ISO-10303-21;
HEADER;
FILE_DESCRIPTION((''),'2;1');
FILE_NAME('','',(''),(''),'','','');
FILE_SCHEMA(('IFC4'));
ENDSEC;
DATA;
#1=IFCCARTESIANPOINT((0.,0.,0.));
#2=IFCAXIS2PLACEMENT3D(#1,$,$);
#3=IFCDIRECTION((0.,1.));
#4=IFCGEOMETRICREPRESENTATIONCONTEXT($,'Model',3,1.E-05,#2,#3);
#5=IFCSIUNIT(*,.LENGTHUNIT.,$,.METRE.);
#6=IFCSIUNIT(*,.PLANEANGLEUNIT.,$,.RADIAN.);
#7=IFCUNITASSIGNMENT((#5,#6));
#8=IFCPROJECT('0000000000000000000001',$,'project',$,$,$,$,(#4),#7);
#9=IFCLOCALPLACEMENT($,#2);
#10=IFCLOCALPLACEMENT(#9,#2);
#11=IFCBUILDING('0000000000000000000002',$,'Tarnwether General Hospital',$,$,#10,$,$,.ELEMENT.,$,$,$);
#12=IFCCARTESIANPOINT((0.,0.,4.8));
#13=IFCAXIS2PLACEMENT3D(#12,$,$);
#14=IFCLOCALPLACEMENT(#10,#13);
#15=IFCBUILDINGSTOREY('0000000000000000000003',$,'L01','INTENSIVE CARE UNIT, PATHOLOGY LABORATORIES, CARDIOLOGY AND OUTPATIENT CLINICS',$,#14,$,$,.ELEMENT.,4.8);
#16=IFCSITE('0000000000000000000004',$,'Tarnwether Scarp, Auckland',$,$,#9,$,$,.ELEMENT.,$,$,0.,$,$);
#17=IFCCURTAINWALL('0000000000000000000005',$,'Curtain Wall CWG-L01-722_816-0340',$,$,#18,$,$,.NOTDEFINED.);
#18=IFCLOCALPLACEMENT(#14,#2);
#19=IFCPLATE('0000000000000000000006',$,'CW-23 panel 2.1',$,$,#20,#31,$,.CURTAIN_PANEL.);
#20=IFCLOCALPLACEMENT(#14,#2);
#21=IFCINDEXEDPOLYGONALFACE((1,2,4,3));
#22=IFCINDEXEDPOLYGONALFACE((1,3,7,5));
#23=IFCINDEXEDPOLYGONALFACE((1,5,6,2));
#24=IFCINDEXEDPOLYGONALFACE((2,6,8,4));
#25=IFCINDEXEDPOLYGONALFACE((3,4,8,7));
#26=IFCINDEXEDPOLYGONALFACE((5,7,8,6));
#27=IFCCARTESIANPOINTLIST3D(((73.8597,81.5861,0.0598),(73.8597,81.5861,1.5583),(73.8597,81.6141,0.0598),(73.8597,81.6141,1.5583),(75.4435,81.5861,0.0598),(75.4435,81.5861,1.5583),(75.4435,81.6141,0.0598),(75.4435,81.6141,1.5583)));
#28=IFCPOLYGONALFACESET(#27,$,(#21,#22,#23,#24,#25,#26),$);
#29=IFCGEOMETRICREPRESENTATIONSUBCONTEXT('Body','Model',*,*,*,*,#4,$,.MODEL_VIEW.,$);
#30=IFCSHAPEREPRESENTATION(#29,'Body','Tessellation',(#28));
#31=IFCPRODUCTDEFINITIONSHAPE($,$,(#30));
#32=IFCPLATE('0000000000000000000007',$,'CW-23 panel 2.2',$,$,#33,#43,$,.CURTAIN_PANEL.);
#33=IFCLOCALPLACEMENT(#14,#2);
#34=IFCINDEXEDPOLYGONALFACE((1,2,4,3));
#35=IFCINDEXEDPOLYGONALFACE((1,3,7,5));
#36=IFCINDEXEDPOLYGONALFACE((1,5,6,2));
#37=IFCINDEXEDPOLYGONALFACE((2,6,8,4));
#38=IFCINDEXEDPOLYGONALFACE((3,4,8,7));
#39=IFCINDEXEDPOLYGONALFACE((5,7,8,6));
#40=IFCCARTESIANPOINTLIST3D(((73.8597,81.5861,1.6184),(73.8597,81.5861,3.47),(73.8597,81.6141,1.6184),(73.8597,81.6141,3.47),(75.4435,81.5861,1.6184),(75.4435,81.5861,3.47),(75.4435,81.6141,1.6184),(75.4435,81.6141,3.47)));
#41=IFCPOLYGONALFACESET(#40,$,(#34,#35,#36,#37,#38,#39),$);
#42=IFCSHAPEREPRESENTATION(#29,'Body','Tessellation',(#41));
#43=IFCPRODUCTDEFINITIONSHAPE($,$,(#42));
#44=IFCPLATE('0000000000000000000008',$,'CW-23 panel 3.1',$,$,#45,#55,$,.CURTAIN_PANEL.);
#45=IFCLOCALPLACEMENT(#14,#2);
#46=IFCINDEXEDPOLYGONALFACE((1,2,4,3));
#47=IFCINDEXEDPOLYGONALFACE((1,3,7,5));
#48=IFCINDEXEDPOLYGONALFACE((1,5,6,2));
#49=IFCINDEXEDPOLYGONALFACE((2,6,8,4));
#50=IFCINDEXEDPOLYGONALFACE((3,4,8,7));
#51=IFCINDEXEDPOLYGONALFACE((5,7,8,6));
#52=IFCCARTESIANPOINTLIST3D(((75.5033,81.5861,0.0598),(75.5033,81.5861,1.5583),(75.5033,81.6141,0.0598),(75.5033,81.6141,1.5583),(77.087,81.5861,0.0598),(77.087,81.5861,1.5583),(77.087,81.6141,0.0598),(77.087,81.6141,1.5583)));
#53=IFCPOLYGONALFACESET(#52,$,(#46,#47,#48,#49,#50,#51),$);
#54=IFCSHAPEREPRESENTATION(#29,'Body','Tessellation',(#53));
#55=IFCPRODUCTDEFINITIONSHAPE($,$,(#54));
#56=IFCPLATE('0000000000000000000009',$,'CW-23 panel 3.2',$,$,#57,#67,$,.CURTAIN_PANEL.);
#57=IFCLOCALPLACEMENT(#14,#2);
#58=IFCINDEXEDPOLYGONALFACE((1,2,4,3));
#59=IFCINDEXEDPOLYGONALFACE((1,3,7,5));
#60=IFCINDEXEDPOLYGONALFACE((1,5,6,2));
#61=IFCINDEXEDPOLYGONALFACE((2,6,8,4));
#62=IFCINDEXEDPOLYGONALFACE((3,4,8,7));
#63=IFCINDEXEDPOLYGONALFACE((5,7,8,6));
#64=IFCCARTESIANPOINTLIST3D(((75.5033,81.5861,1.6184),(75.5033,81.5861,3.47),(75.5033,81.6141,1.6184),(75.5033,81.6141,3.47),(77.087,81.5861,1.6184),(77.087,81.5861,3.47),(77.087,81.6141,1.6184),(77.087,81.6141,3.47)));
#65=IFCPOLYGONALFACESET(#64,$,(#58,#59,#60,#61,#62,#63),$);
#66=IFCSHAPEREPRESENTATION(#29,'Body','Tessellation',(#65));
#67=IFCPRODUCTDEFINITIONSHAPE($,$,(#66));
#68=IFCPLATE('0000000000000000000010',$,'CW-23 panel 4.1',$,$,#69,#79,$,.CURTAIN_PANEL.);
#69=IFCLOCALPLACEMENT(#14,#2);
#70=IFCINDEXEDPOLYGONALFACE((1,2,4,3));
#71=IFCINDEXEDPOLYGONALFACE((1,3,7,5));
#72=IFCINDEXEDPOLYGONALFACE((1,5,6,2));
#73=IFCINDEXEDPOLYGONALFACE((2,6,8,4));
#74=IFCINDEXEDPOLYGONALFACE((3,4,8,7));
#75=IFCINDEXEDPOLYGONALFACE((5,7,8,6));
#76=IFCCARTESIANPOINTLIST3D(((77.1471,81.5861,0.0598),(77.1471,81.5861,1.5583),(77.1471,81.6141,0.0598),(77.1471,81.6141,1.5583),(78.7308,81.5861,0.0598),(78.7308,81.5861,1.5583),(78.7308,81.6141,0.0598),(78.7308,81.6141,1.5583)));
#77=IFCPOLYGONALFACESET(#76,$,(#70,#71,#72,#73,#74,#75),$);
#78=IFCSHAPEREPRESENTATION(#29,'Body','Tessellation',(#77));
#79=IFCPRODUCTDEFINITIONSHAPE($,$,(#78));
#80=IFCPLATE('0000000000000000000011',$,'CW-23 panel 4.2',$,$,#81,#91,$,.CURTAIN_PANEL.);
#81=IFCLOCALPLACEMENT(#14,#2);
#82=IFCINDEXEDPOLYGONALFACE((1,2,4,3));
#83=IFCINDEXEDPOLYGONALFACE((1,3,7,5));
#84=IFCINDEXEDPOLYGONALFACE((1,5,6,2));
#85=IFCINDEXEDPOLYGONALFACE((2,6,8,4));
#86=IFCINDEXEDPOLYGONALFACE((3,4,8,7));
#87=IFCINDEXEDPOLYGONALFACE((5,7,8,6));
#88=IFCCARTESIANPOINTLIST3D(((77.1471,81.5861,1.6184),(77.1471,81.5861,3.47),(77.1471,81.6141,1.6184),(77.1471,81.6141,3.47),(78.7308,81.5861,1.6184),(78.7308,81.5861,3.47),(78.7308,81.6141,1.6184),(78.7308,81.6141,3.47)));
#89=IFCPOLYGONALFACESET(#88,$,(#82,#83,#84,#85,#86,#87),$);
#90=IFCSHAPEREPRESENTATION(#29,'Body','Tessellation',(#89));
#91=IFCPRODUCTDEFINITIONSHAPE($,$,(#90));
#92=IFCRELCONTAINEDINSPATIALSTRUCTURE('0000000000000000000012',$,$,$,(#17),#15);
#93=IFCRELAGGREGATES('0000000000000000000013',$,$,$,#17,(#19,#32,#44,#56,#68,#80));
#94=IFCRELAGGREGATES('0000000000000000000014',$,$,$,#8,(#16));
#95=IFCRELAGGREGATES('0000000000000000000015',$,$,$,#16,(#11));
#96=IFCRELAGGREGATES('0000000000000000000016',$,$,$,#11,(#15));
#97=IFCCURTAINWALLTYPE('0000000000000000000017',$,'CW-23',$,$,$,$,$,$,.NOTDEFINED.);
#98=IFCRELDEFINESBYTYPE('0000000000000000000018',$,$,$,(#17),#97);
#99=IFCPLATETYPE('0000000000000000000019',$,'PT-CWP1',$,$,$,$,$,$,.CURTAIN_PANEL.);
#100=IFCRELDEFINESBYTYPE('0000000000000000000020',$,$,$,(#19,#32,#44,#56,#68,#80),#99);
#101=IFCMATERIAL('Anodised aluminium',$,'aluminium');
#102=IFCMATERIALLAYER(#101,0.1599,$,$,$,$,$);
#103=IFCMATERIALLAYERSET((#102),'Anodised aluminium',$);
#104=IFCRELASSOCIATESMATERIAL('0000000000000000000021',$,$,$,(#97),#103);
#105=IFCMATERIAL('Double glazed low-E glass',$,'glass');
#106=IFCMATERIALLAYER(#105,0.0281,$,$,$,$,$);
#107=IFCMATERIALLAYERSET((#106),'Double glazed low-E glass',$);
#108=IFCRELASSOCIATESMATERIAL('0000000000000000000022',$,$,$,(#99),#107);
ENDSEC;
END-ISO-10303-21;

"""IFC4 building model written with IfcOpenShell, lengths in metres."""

from ifc_helpers import new_model, si_unit, direction, frame, origin, origin_2d, place, context, subcontext, project, spatial, rectangle, extrude, material, layer, layer_set, type_object, element, aggregate, save


model = new_model("IFC4")

# Units and contexts
model_context = context("Model", 3, precision=1e-05, world=origin(), true_north=direction((0.0, 1.0)))
body_context = subcontext(model_context, "Body", "Model", "MODEL_VIEW")
ifc_project = project(units=[si_unit("LENGTHUNIT", "METRE"), si_unit("PLANEANGLEUNIT", "RADIAN")], contexts=[model_context])

# Site, building, storey
site_placement = place(None, origin())
site = spatial("IfcSite", under=ifc_project, at=site_placement, Name="Tarnwether Scarp, Auckland", CompositionType="ELEMENT", RefElevation=0.0)
building_placement = place(site_placement, origin())
building = spatial("IfcBuilding", under=site, at=building_placement, Name="Tarnwether General Hospital", CompositionType="ELEMENT")
storey_placement = place(building_placement, frame((0.0, 0.0, 4.8)))
storey = spatial("IfcBuildingStorey", under=building, at=storey_placement, Name="L01", Description="INTENSIVE CARE UNIT, PATHOLOGY LABORATORIES, CARDIOLOGY AND OUTPATIENT CLINICS", CompositionType="ELEMENT", Elevation=4.8)

# Curtain wall, plates
ifc_material_1 = material(Name="Anodised aluminium", Category="aluminium")
ifc_layer_1 = layer(ifc_material_1, 0.1599)
ifc_layer_set_1 = layer_set([ifc_layer_1], Name="Anodised aluminium")
curtain_wall_type = type_object("IfcCurtainWallType", Name="CW-23", PredefinedType="NOTDEFINED", material=ifc_layer_set_1)
curtain_wall_placement = place(storey_placement, origin())
curtain_wall = element("IfcCurtainWall", 1, at=curtain_wall_placement, inside=storey, type_object=curtain_wall_type, Name="Curtain Wall CWG-L01-722_816-0340", PredefinedType="NOTDEFINED")
ifc_material_2 = material(Name="Double glazed low-E glass", Category="glass")
ifc_layer_2 = layer(ifc_material_2, 0.0281)
ifc_layer_set_2 = layer_set([ifc_layer_2], Name="Double glazed low-E glass")
plate_type = type_object("IfcPlateType", Name="PT-CWP1", PredefinedType="CURTAIN_PANEL", material=ifc_layer_set_2)
plate_1_placement = place(storey_placement, frame((74.6516, 81.6001, 0.0598), z_axis=(0.0, 0.0, 1.0), x_axis=(1.0, 0.0, 0.0)))
plate_1 = element("IfcPlate", 2, at=plate_1_placement, type_object=plate_type, Name="CW-23 panel 2.1", PredefinedType="CURTAIN_PANEL", context=body_context, shape_type="SweptSolid", body=[
    extrude(rectangle(XDim=1.5837, YDim=0.0281, at=origin_2d()), origin(), (0.0, 0.0, 1.0), 1.4985),
])
plate_2_placement = place(storey_placement, frame((74.6516, 81.6001, 1.6184), z_axis=(0.0, 0.0, 1.0), x_axis=(1.0, 0.0, 0.0)))
plate_2 = element("IfcPlate", 3, at=plate_2_placement, type_object=plate_type, Name="CW-23 panel 2.2", PredefinedType="CURTAIN_PANEL", context=body_context, shape_type="SweptSolid", body=[
    extrude(rectangle(XDim=1.5837, YDim=0.0281, at=origin_2d()), origin(), (0.0, 0.0, 1.0), 1.8516),
])
plate_3_placement = place(storey_placement, frame((76.2952, 81.6001, 0.0598), z_axis=(0.0, 0.0, 1.0), x_axis=(1.0, 0.0, 0.0)))
plate_3 = element("IfcPlate", 4, at=plate_3_placement, type_object=plate_type, Name="CW-23 panel 3.1", PredefinedType="CURTAIN_PANEL", context=body_context, shape_type="SweptSolid", body=[
    extrude(rectangle(XDim=1.5837, YDim=0.0281, at=origin_2d()), origin(), (0.0, 0.0, 1.0), 1.4985),
])
plate_4_placement = place(storey_placement, frame((76.2952, 81.6001, 1.6184), z_axis=(0.0, 0.0, 1.0), x_axis=(1.0, 0.0, 0.0)))
plate_4 = element("IfcPlate", 5, at=plate_4_placement, type_object=plate_type, Name="CW-23 panel 3.2", PredefinedType="CURTAIN_PANEL", context=body_context, shape_type="SweptSolid", body=[
    extrude(rectangle(XDim=1.5837, YDim=0.0281, at=origin_2d()), origin(), (0.0, 0.0, 1.0), 1.8516),
])
plate_5_placement = place(storey_placement, frame((77.939, 81.6001, 0.0598), z_axis=(0.0, 0.0, 1.0), x_axis=(1.0, 0.0, 0.0)))
plate_5 = element("IfcPlate", 6, at=plate_5_placement, type_object=plate_type, Name="CW-23 panel 4.1", PredefinedType="CURTAIN_PANEL", context=body_context, shape_type="SweptSolid", body=[
    extrude(rectangle(XDim=1.5837, YDim=0.0281, at=origin_2d()), origin(), (0.0, 0.0, 1.0), 1.4985),
])
plate_6_placement = place(storey_placement, frame((77.939, 81.6001, 1.6184), z_axis=(0.0, 0.0, 1.0), x_axis=(1.0, 0.0, 0.0)))
plate_6 = element("IfcPlate", 7, at=plate_6_placement, type_object=plate_type, Name="CW-23 panel 4.2", PredefinedType="CURTAIN_PANEL", context=body_context, shape_type="SweptSolid", body=[
    extrude(rectangle(XDim=1.5837, YDim=0.0281, at=origin_2d()), origin(), (0.0, 0.0, 1.0), 1.8516),
])
aggregate(curtain_wall, [plate_1, plate_2, plate_3, plate_4, plate_5, plate_6])

save(model, "model.ifc")
